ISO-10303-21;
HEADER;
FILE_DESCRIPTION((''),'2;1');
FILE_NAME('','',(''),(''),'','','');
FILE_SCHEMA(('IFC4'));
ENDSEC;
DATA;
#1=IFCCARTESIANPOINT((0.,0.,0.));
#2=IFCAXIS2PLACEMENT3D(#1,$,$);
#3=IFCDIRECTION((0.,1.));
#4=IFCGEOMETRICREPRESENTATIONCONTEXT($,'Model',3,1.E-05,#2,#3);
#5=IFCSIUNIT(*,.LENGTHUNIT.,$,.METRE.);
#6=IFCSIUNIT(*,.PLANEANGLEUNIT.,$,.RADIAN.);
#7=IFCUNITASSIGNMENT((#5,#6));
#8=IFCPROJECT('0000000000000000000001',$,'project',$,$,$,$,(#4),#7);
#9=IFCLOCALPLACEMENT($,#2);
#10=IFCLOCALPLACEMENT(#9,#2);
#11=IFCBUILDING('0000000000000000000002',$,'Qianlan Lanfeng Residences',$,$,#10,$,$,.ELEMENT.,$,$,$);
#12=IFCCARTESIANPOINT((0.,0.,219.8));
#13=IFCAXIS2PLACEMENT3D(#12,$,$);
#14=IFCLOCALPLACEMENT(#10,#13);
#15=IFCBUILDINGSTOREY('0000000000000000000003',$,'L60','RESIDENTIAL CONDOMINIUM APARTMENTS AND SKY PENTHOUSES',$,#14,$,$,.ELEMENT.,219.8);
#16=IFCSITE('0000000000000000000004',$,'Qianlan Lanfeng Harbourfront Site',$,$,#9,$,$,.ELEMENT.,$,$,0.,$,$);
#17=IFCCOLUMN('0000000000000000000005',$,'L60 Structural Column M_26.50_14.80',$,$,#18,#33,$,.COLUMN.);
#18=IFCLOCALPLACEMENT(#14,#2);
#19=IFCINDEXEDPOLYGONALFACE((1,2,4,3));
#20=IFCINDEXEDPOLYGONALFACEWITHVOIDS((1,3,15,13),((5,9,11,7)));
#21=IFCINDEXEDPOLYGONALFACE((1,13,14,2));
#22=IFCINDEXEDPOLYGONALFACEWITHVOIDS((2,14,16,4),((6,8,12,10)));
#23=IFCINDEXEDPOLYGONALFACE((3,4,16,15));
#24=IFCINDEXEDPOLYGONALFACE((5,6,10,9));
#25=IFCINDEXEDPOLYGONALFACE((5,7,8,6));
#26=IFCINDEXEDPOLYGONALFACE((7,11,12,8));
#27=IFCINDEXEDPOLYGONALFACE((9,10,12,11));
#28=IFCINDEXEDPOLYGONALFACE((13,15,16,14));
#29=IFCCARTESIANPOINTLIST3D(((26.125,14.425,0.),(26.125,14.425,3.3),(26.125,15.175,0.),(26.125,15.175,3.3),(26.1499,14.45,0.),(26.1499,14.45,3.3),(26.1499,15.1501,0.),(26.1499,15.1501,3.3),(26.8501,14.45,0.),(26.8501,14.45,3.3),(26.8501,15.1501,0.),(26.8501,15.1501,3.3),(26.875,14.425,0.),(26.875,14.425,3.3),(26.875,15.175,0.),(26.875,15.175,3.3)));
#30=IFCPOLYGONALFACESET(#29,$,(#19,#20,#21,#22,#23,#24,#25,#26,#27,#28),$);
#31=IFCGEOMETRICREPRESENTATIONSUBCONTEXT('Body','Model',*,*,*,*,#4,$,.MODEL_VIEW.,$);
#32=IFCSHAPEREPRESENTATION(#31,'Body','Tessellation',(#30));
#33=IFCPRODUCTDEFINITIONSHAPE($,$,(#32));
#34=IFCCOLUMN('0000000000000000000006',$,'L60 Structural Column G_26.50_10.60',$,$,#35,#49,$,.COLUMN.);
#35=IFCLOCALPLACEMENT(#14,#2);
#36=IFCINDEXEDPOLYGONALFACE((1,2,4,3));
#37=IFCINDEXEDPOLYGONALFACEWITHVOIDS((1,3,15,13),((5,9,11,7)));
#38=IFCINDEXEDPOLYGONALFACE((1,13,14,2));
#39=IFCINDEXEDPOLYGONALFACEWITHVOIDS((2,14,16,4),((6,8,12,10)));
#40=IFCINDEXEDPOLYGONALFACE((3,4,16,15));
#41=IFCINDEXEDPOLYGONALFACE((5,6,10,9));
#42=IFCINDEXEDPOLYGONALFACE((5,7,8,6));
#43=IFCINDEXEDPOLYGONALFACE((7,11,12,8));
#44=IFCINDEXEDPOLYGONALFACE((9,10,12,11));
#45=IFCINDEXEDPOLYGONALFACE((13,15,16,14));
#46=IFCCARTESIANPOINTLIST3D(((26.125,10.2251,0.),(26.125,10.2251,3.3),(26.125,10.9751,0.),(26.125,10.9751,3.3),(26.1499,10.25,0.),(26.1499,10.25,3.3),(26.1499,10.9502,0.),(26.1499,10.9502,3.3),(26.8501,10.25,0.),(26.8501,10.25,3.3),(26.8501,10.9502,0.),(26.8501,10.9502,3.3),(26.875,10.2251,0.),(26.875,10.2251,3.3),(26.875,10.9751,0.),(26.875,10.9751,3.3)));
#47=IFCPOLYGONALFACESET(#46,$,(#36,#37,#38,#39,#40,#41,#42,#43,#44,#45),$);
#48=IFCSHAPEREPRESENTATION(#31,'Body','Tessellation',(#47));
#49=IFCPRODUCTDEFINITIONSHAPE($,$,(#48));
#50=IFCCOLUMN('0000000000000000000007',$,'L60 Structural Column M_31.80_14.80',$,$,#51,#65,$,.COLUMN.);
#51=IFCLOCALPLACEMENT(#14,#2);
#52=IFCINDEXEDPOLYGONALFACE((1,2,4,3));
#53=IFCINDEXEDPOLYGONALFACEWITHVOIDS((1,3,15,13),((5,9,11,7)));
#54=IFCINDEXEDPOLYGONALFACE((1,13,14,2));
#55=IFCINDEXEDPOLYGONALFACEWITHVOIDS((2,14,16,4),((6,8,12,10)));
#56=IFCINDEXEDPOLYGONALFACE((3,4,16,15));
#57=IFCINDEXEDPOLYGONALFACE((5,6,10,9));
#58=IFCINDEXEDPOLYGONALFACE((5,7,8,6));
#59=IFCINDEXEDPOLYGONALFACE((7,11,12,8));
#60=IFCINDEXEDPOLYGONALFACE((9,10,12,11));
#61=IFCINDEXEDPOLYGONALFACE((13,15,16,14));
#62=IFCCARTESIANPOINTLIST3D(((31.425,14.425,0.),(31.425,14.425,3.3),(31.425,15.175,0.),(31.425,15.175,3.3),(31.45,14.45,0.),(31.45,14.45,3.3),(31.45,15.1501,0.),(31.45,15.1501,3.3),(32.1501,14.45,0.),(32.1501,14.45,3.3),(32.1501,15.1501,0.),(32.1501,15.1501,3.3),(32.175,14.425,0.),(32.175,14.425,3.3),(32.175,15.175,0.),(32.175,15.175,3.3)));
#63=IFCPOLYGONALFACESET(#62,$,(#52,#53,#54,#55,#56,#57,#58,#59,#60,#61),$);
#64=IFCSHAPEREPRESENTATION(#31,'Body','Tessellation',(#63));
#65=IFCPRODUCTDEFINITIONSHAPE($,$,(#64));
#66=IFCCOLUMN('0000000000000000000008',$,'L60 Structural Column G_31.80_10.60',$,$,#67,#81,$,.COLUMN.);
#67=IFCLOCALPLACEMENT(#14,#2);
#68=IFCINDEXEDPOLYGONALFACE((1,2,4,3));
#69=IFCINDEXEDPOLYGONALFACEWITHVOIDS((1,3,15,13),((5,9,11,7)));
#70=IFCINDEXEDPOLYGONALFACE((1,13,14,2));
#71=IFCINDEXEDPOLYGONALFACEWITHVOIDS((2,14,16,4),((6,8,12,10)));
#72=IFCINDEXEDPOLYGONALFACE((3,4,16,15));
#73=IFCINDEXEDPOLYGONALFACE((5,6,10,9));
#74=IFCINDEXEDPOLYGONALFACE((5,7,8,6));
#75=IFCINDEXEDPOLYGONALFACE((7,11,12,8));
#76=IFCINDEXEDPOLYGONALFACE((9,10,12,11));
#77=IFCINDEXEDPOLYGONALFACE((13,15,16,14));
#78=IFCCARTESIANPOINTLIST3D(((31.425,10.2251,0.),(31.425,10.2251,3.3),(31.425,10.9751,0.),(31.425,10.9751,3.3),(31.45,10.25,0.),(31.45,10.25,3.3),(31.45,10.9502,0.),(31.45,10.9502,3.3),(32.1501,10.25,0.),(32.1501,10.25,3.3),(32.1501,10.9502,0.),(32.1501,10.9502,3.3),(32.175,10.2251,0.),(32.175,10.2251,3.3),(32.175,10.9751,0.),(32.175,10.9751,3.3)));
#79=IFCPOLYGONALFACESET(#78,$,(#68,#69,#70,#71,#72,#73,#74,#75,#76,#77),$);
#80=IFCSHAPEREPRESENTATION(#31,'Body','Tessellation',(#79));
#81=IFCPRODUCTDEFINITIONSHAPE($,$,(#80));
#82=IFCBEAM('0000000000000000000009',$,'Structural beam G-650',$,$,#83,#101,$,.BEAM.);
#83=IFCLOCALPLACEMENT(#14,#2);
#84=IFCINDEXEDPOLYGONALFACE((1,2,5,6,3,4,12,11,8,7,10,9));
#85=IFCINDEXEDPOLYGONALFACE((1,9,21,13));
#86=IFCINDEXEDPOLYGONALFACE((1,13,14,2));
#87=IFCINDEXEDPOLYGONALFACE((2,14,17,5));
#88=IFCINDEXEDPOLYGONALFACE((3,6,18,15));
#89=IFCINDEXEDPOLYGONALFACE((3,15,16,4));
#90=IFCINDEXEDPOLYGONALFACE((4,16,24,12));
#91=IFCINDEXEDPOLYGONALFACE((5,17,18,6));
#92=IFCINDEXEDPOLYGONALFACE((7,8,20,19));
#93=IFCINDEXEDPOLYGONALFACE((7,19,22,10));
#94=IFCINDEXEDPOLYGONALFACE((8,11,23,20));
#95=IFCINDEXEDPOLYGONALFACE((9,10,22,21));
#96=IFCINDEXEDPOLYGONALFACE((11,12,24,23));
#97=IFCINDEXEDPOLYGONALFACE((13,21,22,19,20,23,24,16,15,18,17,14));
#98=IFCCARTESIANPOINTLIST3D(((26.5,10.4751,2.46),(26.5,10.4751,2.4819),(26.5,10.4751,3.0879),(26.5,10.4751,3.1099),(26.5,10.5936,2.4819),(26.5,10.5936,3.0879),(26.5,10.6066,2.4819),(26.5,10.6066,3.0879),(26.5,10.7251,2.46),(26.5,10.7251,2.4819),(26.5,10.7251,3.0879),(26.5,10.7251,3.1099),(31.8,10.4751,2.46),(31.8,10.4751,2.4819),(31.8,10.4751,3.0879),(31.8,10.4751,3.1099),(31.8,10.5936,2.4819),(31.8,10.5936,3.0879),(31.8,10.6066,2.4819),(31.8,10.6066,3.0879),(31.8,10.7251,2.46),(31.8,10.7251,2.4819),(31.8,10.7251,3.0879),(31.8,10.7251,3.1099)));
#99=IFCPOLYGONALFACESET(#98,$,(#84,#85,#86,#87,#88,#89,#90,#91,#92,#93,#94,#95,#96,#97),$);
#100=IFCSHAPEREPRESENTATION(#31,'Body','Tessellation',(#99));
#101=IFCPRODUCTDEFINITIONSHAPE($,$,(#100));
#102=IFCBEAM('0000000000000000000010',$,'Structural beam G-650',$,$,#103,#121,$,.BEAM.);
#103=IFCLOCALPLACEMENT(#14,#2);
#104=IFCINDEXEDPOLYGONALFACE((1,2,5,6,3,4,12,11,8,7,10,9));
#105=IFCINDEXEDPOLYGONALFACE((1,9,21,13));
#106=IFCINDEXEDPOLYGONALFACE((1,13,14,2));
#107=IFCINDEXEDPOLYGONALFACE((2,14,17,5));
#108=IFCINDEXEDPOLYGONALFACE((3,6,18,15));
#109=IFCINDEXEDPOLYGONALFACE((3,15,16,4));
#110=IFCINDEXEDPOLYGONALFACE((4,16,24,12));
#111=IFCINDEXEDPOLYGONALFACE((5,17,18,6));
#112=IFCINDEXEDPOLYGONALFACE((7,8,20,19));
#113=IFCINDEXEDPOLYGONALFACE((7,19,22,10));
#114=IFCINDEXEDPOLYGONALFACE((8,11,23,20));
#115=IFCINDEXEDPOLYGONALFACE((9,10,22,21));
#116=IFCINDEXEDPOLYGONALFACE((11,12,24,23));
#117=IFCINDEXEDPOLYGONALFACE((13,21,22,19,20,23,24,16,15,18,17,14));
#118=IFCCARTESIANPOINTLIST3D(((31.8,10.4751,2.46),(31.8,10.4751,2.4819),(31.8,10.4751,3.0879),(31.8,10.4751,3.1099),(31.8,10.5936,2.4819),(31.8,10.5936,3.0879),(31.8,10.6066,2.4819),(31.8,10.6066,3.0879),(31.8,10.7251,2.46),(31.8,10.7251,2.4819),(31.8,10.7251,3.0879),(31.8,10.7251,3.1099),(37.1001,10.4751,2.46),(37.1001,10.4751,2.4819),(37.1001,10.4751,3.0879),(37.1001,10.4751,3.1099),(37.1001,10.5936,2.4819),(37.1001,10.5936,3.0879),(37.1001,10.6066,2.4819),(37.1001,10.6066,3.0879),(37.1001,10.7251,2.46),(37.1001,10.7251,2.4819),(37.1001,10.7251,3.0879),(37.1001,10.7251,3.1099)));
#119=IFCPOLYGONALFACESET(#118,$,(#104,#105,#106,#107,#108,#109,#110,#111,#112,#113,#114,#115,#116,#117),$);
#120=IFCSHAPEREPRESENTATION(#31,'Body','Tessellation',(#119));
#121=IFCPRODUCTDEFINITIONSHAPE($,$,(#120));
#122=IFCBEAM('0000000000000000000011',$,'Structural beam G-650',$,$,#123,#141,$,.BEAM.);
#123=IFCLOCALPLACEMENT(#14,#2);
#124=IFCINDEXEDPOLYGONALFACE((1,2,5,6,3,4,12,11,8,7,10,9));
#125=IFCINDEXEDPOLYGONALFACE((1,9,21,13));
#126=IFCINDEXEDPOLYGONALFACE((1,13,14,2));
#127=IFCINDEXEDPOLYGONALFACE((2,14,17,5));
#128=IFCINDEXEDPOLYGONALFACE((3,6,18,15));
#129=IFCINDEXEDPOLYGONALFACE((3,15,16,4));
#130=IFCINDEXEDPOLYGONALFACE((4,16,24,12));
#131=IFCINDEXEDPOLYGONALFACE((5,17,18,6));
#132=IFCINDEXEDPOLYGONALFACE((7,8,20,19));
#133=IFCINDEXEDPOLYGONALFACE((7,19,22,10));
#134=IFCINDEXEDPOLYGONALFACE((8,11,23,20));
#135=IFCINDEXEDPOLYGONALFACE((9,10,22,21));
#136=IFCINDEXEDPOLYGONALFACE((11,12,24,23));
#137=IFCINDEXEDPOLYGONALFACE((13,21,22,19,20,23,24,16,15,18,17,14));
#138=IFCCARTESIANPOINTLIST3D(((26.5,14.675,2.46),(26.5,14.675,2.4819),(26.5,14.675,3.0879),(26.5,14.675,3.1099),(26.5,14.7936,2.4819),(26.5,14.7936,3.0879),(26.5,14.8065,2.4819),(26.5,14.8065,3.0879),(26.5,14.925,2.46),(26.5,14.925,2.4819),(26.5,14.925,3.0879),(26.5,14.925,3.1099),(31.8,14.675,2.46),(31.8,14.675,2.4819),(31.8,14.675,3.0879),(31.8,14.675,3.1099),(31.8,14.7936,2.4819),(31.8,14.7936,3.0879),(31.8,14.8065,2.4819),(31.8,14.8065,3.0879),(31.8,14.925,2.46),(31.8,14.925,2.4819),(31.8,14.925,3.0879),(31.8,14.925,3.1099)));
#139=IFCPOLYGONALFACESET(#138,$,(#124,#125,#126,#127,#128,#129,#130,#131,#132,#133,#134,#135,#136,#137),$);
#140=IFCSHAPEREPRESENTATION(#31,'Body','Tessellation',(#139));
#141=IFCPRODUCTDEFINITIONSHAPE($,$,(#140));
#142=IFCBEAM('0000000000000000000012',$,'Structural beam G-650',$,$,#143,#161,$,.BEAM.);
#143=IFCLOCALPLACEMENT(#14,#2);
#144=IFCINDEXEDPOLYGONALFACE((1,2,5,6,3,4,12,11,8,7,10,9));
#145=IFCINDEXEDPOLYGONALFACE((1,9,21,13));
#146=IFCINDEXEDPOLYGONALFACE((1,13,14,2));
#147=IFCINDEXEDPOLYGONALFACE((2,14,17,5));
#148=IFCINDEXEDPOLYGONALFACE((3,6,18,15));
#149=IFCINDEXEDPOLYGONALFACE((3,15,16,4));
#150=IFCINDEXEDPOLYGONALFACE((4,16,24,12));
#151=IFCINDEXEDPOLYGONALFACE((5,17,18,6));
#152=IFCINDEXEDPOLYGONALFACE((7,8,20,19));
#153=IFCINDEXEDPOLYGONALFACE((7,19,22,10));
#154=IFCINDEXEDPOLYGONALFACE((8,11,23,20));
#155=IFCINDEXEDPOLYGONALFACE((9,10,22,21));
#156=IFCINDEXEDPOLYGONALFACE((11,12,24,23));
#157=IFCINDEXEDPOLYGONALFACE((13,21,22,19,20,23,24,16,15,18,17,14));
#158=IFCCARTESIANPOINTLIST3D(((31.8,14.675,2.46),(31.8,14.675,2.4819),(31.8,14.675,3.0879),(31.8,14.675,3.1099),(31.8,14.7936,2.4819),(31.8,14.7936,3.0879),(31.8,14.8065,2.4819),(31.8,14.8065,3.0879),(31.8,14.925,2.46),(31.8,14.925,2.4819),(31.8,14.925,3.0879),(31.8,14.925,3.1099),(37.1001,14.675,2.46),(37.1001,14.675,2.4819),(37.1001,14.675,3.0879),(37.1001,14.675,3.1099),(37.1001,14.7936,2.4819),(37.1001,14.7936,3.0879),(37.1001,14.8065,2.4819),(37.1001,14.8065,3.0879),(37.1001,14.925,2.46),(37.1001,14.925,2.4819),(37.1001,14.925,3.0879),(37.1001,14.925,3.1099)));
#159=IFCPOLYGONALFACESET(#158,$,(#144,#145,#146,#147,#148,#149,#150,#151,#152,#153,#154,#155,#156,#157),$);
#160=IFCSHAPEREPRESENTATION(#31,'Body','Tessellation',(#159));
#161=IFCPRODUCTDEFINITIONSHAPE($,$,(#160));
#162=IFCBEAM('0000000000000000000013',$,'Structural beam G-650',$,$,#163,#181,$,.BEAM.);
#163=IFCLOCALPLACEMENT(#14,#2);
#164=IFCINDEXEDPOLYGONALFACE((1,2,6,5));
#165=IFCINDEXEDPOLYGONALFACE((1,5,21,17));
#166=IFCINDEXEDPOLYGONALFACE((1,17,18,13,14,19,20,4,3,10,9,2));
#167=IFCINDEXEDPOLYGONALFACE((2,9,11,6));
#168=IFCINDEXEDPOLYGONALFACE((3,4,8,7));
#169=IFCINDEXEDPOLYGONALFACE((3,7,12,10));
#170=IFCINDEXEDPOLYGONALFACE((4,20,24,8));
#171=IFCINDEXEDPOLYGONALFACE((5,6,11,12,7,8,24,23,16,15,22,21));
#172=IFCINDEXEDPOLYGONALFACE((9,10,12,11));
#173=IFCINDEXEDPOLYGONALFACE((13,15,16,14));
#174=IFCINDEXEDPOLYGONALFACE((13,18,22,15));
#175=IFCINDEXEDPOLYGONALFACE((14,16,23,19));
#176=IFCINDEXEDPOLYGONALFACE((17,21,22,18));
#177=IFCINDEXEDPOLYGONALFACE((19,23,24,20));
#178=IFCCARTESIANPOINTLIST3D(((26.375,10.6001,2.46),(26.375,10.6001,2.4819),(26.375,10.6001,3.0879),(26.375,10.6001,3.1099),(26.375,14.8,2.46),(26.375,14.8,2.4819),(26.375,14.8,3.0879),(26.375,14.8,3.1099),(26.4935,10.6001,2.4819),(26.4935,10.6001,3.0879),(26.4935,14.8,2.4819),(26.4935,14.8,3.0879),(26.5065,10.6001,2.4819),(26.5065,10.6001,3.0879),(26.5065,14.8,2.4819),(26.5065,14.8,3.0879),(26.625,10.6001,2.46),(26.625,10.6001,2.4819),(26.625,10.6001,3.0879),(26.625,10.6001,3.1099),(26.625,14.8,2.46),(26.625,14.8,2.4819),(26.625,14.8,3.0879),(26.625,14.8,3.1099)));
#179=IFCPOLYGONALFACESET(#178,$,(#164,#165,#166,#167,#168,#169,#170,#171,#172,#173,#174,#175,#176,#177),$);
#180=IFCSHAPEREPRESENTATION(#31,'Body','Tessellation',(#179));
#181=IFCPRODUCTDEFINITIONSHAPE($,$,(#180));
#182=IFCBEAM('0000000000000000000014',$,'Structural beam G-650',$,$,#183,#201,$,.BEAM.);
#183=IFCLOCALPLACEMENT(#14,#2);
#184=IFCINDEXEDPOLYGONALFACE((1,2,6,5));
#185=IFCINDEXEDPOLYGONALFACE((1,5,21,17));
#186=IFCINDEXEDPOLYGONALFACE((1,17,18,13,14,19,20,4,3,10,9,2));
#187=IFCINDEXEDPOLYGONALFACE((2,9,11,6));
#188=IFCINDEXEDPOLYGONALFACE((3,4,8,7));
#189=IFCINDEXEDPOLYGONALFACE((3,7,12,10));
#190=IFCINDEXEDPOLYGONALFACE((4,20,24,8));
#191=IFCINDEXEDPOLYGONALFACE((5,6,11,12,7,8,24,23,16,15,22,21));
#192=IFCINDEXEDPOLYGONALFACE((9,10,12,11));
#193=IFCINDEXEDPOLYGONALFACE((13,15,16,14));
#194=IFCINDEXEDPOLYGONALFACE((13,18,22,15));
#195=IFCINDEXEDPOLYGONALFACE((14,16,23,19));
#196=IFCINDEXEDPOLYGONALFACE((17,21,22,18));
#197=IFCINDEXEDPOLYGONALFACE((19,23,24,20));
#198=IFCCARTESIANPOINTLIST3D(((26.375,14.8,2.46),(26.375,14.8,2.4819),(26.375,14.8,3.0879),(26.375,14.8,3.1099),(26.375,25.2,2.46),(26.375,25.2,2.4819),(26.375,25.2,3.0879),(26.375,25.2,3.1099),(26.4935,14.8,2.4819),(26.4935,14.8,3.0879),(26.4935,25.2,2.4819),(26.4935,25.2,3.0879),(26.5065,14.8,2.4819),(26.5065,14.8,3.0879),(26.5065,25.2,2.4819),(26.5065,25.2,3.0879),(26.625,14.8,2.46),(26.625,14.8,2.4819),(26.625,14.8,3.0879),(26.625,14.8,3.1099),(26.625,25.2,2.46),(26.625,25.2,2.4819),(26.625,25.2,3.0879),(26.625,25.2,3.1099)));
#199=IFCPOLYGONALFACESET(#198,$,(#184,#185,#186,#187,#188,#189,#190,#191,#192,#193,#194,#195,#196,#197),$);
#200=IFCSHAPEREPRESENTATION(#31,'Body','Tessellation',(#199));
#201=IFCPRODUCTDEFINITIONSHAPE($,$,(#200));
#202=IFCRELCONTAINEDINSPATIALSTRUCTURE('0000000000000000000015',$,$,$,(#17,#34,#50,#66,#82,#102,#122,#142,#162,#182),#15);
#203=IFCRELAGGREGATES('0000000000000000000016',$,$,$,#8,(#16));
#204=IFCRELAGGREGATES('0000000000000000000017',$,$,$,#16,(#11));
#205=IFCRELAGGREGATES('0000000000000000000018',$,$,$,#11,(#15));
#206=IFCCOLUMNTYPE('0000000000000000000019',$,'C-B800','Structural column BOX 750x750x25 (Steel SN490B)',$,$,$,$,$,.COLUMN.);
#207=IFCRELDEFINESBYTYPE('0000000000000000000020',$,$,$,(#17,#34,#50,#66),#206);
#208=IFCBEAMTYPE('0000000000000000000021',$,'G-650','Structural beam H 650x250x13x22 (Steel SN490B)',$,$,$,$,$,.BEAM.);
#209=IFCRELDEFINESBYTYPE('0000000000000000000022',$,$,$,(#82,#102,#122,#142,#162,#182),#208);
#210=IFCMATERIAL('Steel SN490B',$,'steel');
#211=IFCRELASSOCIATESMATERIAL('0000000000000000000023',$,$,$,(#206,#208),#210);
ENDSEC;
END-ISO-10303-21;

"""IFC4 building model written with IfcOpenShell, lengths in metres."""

from ifc_helpers import new_model, si_unit, direction, frame, origin, origin_2d, place, context, subcontext, project, spatial, hollow_rectangle, i_section, extrude, material, material_profile, profile_set, type_object, element, save


model = new_model("IFC4")

# Units and contexts
model_context = context("Model", 3, precision=1e-05, world=origin(), true_north=direction((0.0, 1.0)))
body_context = subcontext(model_context, "Body", "Model", "MODEL_VIEW")
ifc_project = project(units=[si_unit("LENGTHUNIT", "METRE"), si_unit("PLANEANGLEUNIT", "RADIAN")], contexts=[model_context])

# Site, building, storey
site_placement = place(None, origin())
site = spatial("IfcSite", under=ifc_project, at=site_placement, Name="Qianlan Lanfeng Harbourfront Site", CompositionType="ELEMENT", RefElevation=0.0)
building_placement = place(site_placement, origin())
building = spatial("IfcBuilding", under=site, at=building_placement, Name="Qianlan Lanfeng Residences", CompositionType="ELEMENT")
storey_placement = place(building_placement, frame((0.0, 0.0, 219.8)))
storey = spatial("IfcBuildingStorey", under=building, at=storey_placement, Name="L60", Description="RESIDENTIAL CONDOMINIUM APARTMENTS AND SKY PENTHOUSES", CompositionType="ELEMENT", Elevation=219.8)

# Columns
ifc_material_1 = material(Name="Steel SN490B", Category="steel")
ifc_material_profile_1 = material_profile(ifc_material_1, hollow_rectangle(XDim=0.75, YDim=0.75, WallThickness=0.0249, at=origin_2d()), Name="BOX 750x750x25")
ifc_profile_set_1 = profile_set([ifc_material_profile_1], Name="Steel SN490B")
column_type = type_object("IfcColumnType", Name="C-B800", Description="Structural column BOX 750x750x25 (Steel SN490B)", PredefinedType="COLUMN", material=ifc_profile_set_1)
for number, where, z_axis, x_axis, name in (
    (1, (26.5, 14.8, 0.0), (0.0, 0.0, 1.0), (1.0, 0.0, 0.0), "L60 Structural Column M_26.50_14.80"),
    (2, (26.5, 10.6001, 0.0), (0.0, 0.0, 1.0), (1.0, 0.0, 0.0), "L60 Structural Column G_26.50_10.60"),
    (3, (31.8, 14.8, 0.0), (0.0, 0.0, 1.0), (1.0, 0.0, 0.0), "L60 Structural Column M_31.80_14.80"),
    (4, (31.8, 10.6001, 0.0), (0.0, 0.0, 1.0), (1.0, 0.0, 0.0), "L60 Structural Column G_31.80_10.60"),
):
    element("IfcColumn", number, at=place(storey_placement, frame(where, z_axis=z_axis, x_axis=x_axis)), inside=storey, type_object=column_type, Name=name, PredefinedType="COLUMN", context=body_context, shape_type="SweptSolid", body=[
        extrude(hollow_rectangle(XDim=0.75, YDim=0.75, WallThickness=0.0249, at=origin_2d()), origin(), (0.0, 0.0, 1.0), 3.3),
    ])

# Beams
ifc_material_profile_2 = material_profile(ifc_material_1, i_section(OverallWidth=0.25, OverallDepth=0.6499, WebThickness=0.0129, FlangeThickness=0.022, at=origin_2d()), Name="H 650x250x13x22")
ifc_profile_set_2 = profile_set([ifc_material_profile_2], Name="Steel SN490B")
beam_type_1 = type_object("IfcBeamType", Name="G-650", Description="Structural beam H 650x250x13x22 (Steel SN490B)", PredefinedType="BEAM", material=ifc_profile_set_2)
for number, where, z_axis, x_axis, name in (
    (5, (26.5, 10.6001, 2.7849), (1.0, 0.0, 0.0), (0.0, 1.0, 0.0), "Structural beam G-650"),
    (6, (31.8, 10.6001, 2.7849), (1.0, 0.0, 0.0), (0.0, 1.0, 0.0), "Structural beam G-650"),
    (7, (26.5, 14.8, 2.7849), (1.0, 0.0, 0.0), (0.0, 1.0, 0.0), "Structural beam G-650"),
    (8, (31.8, 14.8, 2.7849), (1.0, 0.0, 0.0), (0.0, 1.0, 0.0), "Structural beam G-650"),
):
    element("IfcBeam", number, at=place(storey_placement, frame(where, z_axis=z_axis, x_axis=x_axis)), inside=storey, type_object=beam_type_1, Name=name, PredefinedType="BEAM", context=body_context, shape_type="SweptSolid", body=[
        extrude(i_section(OverallWidth=0.25, OverallDepth=0.6499, WebThickness=0.0129, FlangeThickness=0.022, at=origin_2d()), origin(), (0.0, 0.0, 1.0), 5.3),
    ])
beam_1_placement = place(storey_placement, frame((26.5, 10.6001, 2.7849), z_axis=(0.0, 1.0, 0.0), x_axis=(-1.0, 0.0, 0.0)))
element("IfcBeam", 9, at=beam_1_placement, inside=storey, type_object=beam_type_1, Name="Structural beam G-650", PredefinedType="BEAM", context=body_context, shape_type="SweptSolid", body=[
    extrude(i_section(OverallWidth=0.25, OverallDepth=0.6499, WebThickness=0.0129, FlangeThickness=0.022, at=origin_2d()), origin(), (0.0, 0.0, 1.0), 4.2),
])
beam_2_placement = place(storey_placement, frame((26.5, 14.8, 2.7849), z_axis=(0.0, 1.0, 0.0), x_axis=(-1.0, 0.0, 0.0)))
element("IfcBeam", 10, at=beam_2_placement, inside=storey, type_object=beam_type_1, Name="Structural beam G-650", PredefinedType="BEAM", context=body_context, shape_type="SweptSolid", body=[
    extrude(i_section(OverallWidth=0.25, OverallDepth=0.6499, WebThickness=0.0129, FlangeThickness=0.022, at=origin_2d()), origin(), (0.0, 0.0, 1.0), 10.3999),
])

save(model, "model.ifc")
